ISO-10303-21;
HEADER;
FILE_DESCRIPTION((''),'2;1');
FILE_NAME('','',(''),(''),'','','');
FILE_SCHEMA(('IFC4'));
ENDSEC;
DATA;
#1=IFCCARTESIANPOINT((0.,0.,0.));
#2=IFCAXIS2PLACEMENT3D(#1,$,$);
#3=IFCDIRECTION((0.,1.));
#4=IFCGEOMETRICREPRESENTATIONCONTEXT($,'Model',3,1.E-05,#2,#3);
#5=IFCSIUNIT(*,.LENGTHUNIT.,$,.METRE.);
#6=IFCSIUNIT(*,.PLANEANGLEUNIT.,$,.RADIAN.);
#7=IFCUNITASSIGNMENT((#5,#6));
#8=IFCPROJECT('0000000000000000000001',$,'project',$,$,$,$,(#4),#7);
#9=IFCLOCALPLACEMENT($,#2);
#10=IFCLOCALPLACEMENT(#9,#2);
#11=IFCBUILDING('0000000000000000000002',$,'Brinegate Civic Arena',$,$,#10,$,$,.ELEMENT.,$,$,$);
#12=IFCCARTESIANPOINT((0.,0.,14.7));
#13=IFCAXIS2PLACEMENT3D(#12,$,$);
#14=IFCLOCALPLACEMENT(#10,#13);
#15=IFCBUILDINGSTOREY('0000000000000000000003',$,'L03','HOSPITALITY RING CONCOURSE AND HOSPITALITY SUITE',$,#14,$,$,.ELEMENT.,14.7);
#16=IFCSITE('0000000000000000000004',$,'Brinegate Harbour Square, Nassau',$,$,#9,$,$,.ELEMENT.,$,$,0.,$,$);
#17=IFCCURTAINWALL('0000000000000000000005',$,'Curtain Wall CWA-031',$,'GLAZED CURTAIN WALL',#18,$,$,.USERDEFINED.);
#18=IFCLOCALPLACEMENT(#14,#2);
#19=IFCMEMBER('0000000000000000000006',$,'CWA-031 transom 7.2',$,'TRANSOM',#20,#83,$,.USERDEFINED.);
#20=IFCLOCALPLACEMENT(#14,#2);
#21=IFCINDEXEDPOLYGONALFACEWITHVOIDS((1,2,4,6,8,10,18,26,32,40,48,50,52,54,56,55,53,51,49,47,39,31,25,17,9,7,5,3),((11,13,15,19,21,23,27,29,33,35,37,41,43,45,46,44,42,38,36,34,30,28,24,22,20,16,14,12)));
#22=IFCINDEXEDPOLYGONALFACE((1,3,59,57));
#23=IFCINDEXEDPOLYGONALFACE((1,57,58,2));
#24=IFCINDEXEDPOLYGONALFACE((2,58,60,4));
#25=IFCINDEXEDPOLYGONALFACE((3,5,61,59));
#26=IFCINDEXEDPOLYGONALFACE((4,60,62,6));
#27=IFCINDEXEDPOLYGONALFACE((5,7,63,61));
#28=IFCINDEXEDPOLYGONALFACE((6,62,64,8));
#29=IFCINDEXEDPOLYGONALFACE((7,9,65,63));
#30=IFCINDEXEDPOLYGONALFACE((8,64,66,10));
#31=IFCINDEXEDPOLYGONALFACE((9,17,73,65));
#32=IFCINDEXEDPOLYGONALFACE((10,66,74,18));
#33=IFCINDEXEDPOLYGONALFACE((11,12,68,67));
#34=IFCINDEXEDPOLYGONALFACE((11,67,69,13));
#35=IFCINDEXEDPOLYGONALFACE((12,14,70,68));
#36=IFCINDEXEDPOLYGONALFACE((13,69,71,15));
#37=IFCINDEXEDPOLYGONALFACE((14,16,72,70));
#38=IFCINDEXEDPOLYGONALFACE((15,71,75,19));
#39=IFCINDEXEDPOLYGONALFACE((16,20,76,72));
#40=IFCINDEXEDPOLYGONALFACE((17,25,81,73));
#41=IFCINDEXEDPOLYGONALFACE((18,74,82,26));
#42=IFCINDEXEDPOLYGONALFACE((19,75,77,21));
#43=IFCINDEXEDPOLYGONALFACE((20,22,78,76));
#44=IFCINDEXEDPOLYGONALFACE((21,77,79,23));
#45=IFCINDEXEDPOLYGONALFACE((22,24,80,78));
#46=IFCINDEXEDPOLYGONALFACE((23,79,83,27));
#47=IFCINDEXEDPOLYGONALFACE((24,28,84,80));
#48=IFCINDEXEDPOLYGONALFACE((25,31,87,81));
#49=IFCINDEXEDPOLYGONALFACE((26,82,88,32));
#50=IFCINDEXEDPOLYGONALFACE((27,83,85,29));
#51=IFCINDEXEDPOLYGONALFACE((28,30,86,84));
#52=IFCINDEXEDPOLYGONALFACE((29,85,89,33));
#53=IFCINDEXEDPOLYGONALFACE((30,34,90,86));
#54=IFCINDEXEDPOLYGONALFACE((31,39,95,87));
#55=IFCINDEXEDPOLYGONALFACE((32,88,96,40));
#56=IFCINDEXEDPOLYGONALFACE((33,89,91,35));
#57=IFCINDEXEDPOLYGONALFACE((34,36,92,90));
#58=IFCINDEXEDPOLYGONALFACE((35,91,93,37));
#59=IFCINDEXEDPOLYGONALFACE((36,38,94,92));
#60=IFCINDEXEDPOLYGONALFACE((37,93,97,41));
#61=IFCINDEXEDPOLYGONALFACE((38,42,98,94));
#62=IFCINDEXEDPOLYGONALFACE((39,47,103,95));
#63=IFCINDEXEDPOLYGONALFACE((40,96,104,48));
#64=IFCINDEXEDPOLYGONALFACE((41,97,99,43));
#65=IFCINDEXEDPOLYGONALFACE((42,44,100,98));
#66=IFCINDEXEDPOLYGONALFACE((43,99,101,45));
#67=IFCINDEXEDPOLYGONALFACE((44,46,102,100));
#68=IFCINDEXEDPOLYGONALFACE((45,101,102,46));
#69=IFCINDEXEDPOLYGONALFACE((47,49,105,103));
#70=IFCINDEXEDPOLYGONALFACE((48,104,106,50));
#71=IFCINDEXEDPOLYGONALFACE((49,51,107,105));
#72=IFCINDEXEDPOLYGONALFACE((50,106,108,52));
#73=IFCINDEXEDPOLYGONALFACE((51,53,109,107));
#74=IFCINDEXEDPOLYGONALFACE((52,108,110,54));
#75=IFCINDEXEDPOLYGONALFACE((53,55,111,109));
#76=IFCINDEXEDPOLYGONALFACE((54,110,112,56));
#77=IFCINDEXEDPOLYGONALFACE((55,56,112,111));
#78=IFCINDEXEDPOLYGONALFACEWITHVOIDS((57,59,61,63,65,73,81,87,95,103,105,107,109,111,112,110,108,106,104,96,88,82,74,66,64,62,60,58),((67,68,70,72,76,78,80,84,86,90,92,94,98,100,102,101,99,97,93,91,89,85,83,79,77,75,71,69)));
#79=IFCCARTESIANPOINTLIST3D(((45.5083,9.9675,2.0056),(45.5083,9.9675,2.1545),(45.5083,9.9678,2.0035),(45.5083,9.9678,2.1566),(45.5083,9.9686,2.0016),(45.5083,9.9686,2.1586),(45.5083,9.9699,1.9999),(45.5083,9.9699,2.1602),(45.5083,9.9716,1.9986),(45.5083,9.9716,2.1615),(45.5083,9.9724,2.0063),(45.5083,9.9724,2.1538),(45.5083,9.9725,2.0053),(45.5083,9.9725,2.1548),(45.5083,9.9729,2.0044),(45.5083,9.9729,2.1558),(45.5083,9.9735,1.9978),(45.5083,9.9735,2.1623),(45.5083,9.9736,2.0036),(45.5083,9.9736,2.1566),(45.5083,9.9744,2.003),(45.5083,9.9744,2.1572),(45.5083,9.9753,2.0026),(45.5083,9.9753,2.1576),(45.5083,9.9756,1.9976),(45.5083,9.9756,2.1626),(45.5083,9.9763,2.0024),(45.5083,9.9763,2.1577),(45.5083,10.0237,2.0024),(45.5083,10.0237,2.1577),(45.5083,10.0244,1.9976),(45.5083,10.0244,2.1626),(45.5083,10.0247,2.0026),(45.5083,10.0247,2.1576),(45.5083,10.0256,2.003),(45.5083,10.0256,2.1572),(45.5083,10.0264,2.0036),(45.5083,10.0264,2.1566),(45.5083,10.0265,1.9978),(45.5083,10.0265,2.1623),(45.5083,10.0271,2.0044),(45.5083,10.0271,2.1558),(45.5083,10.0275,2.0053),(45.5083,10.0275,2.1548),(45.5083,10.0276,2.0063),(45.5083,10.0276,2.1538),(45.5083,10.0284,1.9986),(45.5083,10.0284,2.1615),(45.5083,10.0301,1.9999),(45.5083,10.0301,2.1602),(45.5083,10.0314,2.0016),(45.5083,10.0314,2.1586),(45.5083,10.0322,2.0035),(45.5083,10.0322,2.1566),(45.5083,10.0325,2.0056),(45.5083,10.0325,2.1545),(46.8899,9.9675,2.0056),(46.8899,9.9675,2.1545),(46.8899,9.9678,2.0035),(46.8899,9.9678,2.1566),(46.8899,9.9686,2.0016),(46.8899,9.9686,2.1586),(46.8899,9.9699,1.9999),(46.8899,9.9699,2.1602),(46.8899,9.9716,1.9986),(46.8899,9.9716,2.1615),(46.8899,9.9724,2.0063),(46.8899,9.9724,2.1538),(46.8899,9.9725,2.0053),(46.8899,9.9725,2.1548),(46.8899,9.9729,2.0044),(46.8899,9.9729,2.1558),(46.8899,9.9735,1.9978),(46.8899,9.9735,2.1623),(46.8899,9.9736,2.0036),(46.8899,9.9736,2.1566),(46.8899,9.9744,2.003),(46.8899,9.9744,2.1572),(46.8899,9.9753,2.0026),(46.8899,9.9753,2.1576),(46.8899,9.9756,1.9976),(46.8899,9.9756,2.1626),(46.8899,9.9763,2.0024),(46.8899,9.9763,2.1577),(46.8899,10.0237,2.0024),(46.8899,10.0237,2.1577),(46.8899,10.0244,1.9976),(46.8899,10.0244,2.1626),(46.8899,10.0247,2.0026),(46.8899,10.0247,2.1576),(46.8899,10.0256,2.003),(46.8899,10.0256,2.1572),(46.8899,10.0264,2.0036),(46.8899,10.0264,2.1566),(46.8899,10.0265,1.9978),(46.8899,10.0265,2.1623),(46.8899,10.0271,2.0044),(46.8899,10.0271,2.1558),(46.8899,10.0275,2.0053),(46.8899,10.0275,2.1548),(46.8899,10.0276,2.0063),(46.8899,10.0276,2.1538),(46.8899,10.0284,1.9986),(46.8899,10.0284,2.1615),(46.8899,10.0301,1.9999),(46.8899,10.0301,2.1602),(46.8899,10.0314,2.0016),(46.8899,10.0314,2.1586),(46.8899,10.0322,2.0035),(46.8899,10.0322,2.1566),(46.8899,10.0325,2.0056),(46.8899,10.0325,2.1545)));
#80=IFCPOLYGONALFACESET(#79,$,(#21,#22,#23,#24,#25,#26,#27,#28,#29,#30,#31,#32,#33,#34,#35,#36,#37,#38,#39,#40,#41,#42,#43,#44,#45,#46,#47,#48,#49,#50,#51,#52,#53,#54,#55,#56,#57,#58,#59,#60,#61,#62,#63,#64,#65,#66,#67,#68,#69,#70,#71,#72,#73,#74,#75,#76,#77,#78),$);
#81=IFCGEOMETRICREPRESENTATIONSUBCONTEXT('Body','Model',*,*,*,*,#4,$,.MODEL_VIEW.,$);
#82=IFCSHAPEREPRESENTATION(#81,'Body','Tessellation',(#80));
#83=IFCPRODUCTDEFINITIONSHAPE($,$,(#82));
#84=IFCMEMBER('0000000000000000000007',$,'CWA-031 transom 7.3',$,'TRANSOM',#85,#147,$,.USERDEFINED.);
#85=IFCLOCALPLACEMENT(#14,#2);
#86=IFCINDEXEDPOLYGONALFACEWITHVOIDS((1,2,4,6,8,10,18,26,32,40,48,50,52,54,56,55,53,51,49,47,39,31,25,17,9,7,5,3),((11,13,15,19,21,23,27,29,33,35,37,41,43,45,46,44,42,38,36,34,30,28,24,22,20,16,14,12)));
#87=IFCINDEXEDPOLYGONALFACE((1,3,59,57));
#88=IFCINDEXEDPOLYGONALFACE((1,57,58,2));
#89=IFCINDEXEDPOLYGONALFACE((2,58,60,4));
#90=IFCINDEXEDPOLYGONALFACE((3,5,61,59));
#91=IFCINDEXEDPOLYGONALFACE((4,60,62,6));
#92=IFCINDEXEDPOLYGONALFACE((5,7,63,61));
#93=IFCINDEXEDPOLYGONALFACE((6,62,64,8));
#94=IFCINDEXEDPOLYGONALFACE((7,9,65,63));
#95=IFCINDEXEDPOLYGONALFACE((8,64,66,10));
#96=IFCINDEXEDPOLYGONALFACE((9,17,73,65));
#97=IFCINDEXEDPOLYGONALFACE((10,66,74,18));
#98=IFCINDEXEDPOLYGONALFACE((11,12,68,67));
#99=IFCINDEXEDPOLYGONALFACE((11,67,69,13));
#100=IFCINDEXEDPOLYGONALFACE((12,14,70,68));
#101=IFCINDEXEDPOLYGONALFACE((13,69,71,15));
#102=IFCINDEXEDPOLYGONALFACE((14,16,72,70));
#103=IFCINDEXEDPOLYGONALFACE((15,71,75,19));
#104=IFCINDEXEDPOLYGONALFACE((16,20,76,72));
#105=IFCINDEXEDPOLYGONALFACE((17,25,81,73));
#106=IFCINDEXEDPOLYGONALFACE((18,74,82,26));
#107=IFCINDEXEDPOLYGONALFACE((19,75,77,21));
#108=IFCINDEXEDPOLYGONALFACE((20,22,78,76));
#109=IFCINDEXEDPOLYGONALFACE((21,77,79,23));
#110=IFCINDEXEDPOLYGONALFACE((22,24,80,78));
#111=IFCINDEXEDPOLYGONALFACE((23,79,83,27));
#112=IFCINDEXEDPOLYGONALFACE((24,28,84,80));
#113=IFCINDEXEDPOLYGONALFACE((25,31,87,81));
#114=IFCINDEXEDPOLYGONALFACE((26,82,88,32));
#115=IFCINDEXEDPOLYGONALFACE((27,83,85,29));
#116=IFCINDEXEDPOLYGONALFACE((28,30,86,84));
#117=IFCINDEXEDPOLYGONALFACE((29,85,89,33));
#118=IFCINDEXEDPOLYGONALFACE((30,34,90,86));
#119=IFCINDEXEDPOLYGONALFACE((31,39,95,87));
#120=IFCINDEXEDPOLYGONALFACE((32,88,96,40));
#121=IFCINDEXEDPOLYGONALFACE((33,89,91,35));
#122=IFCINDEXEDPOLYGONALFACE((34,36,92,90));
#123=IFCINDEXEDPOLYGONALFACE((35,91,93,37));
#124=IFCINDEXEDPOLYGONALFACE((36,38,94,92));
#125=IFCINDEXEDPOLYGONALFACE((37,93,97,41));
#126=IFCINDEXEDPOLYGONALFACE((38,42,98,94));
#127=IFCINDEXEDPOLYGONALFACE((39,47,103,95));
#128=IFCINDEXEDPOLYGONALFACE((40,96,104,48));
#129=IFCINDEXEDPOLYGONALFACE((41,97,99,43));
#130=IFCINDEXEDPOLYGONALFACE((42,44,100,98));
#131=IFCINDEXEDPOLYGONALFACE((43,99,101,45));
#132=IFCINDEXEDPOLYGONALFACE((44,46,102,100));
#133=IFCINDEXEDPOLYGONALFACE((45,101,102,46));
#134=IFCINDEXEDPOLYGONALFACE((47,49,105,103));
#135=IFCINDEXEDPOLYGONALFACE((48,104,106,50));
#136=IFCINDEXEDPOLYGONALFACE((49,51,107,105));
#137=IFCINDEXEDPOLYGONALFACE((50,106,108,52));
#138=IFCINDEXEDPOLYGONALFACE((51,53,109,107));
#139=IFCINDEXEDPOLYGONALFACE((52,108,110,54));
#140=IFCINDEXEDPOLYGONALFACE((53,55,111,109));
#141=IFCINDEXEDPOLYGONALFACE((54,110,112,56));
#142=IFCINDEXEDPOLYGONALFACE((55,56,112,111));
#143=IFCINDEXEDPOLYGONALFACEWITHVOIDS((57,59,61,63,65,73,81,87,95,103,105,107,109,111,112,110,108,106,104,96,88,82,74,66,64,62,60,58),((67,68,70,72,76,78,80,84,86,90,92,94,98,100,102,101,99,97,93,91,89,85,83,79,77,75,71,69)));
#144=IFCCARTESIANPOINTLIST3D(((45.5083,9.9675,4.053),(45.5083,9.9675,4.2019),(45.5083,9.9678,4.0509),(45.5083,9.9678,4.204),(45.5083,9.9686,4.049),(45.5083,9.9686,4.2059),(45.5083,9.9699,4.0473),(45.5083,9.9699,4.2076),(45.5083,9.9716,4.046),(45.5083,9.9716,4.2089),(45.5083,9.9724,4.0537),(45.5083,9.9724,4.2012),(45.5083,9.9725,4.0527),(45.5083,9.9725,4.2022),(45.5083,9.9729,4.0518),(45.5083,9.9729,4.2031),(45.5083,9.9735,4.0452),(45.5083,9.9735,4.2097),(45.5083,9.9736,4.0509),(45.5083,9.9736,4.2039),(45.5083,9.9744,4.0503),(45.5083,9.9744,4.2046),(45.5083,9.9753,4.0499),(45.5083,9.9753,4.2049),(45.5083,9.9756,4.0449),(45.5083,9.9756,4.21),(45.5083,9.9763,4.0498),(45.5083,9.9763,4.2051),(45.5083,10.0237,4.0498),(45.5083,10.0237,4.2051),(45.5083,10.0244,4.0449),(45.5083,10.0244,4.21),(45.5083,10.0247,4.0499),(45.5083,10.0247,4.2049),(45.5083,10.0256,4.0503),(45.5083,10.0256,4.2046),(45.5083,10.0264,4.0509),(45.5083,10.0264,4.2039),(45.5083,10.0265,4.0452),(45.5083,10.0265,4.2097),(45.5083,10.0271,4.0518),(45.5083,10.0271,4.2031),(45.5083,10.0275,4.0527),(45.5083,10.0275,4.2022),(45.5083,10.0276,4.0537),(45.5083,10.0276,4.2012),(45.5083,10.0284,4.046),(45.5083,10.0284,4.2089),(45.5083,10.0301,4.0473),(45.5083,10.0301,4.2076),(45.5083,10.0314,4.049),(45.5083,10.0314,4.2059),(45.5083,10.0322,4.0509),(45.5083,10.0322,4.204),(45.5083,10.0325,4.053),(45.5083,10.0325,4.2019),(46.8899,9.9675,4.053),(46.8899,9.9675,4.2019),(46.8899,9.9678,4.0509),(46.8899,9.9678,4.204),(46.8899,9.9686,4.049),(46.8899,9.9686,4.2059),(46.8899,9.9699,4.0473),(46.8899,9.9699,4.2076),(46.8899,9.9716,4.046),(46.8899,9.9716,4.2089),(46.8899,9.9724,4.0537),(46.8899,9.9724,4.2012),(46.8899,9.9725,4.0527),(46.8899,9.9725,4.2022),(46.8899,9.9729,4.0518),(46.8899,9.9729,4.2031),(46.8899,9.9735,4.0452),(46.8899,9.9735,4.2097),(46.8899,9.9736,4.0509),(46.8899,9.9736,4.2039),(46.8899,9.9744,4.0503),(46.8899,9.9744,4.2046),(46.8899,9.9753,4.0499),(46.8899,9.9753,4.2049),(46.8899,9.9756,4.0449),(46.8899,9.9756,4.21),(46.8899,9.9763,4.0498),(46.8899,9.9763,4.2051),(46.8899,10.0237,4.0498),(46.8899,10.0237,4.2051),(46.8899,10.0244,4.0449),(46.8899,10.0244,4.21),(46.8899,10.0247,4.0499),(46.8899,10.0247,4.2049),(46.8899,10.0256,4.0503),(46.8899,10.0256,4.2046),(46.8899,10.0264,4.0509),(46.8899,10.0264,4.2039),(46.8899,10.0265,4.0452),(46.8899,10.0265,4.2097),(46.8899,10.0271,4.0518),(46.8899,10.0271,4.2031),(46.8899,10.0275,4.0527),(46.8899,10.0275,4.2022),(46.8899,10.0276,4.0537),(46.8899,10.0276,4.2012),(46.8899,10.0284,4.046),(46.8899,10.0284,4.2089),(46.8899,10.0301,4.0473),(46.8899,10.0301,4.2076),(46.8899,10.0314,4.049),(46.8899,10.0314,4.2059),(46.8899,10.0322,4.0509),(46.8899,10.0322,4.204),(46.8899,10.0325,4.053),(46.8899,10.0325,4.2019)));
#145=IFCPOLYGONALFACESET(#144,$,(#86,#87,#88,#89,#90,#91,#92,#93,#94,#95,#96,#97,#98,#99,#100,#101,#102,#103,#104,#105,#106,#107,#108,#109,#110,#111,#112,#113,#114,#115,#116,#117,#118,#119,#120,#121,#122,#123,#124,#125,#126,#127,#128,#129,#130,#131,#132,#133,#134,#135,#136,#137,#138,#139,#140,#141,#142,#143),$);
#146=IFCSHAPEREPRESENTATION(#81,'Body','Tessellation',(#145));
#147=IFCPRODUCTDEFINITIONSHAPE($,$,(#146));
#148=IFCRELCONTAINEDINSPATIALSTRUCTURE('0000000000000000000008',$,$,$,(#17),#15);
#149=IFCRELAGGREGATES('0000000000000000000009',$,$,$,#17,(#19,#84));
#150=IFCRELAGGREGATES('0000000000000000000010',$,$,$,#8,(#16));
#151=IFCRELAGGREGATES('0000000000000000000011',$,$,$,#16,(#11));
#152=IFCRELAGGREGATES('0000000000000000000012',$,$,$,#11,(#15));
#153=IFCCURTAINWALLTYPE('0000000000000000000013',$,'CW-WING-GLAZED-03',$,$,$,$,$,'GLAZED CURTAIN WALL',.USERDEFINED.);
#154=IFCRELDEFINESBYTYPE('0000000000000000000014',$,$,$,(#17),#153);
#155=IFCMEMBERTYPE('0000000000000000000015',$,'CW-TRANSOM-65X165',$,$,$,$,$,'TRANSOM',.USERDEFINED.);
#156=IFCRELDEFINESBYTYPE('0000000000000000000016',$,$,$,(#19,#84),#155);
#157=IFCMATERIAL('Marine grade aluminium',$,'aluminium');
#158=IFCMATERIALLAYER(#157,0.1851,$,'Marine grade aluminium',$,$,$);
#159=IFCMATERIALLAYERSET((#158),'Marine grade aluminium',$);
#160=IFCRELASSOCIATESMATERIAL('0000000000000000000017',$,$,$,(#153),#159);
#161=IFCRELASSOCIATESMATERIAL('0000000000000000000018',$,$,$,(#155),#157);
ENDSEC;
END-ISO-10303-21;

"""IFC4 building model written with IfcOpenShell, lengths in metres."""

from ifc_helpers import new_model, si_unit, direction, frame, origin, origin_2d, place, context, subcontext, project, spatial, hollow_rectangle, extrude, material, layer, layer_set, material_profile, profile_set, type_object, element, aggregate, save


model = new_model("IFC4")

# Units and contexts
model_context = context("Model", 3, precision=1e-05, world=origin(), true_north=direction((0.0, 1.0)))
body_context = subcontext(model_context, "Body", "Model", "MODEL_VIEW")
ifc_project = project(units=[si_unit("LENGTHUNIT", "METRE"), si_unit("PLANEANGLEUNIT", "RADIAN")], contexts=[model_context])

# Site, building, storey
site_placement = place(None, origin())
site = spatial("IfcSite", under=ifc_project, at=site_placement, Name="Brinegate Harbour Square, Nassau", CompositionType="ELEMENT", RefElevation=0.0)
building_placement = place(site_placement, origin())
building = spatial("IfcBuilding", under=site, at=building_placement, Name="Brinegate Civic Arena", CompositionType="ELEMENT")
storey_placement = place(building_placement, frame((0.0, 0.0, 14.7)))
storey = spatial("IfcBuildingStorey", under=building, at=storey_placement, Name="L03", Description="HOSPITALITY RING CONCOURSE AND HOSPITALITY SUITE", CompositionType="ELEMENT", Elevation=14.7)

# Curtain wall
ifc_material_1 = material(Name="Marine grade aluminium", Category="aluminium")
ifc_layer_1 = layer(ifc_material_1, 0.1851, Name="Marine grade aluminium")
ifc_layer_set_1 = layer_set([ifc_layer_1], Name="Marine grade aluminium")
curtain_wall_type_1 = type_object("IfcCurtainWallType", Name="CW-WING-GLAZED-03", ElementType="GLAZED CURTAIN WALL", PredefinedType="USERDEFINED", material=ifc_layer_set_1)
curtain_wall_1_placement = place(storey_placement, origin())
curtain_wall_1 = element("IfcCurtainWall", 1, at=curtain_wall_1_placement, inside=storey, type_object=curtain_wall_type_1, Name="Curtain Wall CWA-031", ObjectType="GLAZED CURTAIN WALL", PredefinedType="USERDEFINED")

# Members
ifc_material_profile_1 = material_profile(ifc_material_1, hollow_rectangle(XDim=0.0649, YDim=0.165, WallThickness=0.0049, InnerFilletRadius=0.0039, OuterFilletRadius=0.0081, at=origin_2d()), Name="TRN65X165")
ifc_profile_set_1 = profile_set([ifc_material_profile_1], Name="Marine grade aluminium")
member_type_1 = type_object("IfcMemberType", Name="CW-TRANSOM-65X165", ElementType="TRANSOM", PredefinedType="USERDEFINED", material=ifc_profile_set_1)
member_1_placement = place(storey_placement, frame((45.5083, 10.0, 2.0801), z_axis=(1.0, 0.0, 0.0), x_axis=(0.0, 1.0, 0.0)))
member_1 = element("IfcMember", 2, at=member_1_placement, type_object=member_type_1, Name="CWA-031 transom 7.2", ObjectType="TRANSOM", PredefinedType="USERDEFINED", context=body_context, shape_type="SweptSolid", body=[
    extrude(hollow_rectangle(XDim=0.0649, YDim=0.165, WallThickness=0.0049, InnerFilletRadius=0.0039, OuterFilletRadius=0.0081, at=origin_2d()), origin(), (0.0, 0.0, 1.0), 1.3816),
])
member_2_placement = place(storey_placement, frame((45.5083, 10.0, 4.1274), z_axis=(1.0, 0.0, 0.0), x_axis=(0.0, 1.0, 0.0)))
member_2 = element("IfcMember", 3, at=member_2_placement, type_object=member_type_1, Name="CWA-031 transom 7.3", ObjectType="TRANSOM", PredefinedType="USERDEFINED", context=body_context, shape_type="SweptSolid", body=[
    extrude(hollow_rectangle(XDim=0.0649, YDim=0.165, WallThickness=0.0049, InnerFilletRadius=0.0039, OuterFilletRadius=0.0081, at=origin_2d()), origin(), (0.0, 0.0, 1.0), 1.3816),
])

aggregate(curtain_wall_1, [member_1, member_2])

save(model, "model.ifc")
